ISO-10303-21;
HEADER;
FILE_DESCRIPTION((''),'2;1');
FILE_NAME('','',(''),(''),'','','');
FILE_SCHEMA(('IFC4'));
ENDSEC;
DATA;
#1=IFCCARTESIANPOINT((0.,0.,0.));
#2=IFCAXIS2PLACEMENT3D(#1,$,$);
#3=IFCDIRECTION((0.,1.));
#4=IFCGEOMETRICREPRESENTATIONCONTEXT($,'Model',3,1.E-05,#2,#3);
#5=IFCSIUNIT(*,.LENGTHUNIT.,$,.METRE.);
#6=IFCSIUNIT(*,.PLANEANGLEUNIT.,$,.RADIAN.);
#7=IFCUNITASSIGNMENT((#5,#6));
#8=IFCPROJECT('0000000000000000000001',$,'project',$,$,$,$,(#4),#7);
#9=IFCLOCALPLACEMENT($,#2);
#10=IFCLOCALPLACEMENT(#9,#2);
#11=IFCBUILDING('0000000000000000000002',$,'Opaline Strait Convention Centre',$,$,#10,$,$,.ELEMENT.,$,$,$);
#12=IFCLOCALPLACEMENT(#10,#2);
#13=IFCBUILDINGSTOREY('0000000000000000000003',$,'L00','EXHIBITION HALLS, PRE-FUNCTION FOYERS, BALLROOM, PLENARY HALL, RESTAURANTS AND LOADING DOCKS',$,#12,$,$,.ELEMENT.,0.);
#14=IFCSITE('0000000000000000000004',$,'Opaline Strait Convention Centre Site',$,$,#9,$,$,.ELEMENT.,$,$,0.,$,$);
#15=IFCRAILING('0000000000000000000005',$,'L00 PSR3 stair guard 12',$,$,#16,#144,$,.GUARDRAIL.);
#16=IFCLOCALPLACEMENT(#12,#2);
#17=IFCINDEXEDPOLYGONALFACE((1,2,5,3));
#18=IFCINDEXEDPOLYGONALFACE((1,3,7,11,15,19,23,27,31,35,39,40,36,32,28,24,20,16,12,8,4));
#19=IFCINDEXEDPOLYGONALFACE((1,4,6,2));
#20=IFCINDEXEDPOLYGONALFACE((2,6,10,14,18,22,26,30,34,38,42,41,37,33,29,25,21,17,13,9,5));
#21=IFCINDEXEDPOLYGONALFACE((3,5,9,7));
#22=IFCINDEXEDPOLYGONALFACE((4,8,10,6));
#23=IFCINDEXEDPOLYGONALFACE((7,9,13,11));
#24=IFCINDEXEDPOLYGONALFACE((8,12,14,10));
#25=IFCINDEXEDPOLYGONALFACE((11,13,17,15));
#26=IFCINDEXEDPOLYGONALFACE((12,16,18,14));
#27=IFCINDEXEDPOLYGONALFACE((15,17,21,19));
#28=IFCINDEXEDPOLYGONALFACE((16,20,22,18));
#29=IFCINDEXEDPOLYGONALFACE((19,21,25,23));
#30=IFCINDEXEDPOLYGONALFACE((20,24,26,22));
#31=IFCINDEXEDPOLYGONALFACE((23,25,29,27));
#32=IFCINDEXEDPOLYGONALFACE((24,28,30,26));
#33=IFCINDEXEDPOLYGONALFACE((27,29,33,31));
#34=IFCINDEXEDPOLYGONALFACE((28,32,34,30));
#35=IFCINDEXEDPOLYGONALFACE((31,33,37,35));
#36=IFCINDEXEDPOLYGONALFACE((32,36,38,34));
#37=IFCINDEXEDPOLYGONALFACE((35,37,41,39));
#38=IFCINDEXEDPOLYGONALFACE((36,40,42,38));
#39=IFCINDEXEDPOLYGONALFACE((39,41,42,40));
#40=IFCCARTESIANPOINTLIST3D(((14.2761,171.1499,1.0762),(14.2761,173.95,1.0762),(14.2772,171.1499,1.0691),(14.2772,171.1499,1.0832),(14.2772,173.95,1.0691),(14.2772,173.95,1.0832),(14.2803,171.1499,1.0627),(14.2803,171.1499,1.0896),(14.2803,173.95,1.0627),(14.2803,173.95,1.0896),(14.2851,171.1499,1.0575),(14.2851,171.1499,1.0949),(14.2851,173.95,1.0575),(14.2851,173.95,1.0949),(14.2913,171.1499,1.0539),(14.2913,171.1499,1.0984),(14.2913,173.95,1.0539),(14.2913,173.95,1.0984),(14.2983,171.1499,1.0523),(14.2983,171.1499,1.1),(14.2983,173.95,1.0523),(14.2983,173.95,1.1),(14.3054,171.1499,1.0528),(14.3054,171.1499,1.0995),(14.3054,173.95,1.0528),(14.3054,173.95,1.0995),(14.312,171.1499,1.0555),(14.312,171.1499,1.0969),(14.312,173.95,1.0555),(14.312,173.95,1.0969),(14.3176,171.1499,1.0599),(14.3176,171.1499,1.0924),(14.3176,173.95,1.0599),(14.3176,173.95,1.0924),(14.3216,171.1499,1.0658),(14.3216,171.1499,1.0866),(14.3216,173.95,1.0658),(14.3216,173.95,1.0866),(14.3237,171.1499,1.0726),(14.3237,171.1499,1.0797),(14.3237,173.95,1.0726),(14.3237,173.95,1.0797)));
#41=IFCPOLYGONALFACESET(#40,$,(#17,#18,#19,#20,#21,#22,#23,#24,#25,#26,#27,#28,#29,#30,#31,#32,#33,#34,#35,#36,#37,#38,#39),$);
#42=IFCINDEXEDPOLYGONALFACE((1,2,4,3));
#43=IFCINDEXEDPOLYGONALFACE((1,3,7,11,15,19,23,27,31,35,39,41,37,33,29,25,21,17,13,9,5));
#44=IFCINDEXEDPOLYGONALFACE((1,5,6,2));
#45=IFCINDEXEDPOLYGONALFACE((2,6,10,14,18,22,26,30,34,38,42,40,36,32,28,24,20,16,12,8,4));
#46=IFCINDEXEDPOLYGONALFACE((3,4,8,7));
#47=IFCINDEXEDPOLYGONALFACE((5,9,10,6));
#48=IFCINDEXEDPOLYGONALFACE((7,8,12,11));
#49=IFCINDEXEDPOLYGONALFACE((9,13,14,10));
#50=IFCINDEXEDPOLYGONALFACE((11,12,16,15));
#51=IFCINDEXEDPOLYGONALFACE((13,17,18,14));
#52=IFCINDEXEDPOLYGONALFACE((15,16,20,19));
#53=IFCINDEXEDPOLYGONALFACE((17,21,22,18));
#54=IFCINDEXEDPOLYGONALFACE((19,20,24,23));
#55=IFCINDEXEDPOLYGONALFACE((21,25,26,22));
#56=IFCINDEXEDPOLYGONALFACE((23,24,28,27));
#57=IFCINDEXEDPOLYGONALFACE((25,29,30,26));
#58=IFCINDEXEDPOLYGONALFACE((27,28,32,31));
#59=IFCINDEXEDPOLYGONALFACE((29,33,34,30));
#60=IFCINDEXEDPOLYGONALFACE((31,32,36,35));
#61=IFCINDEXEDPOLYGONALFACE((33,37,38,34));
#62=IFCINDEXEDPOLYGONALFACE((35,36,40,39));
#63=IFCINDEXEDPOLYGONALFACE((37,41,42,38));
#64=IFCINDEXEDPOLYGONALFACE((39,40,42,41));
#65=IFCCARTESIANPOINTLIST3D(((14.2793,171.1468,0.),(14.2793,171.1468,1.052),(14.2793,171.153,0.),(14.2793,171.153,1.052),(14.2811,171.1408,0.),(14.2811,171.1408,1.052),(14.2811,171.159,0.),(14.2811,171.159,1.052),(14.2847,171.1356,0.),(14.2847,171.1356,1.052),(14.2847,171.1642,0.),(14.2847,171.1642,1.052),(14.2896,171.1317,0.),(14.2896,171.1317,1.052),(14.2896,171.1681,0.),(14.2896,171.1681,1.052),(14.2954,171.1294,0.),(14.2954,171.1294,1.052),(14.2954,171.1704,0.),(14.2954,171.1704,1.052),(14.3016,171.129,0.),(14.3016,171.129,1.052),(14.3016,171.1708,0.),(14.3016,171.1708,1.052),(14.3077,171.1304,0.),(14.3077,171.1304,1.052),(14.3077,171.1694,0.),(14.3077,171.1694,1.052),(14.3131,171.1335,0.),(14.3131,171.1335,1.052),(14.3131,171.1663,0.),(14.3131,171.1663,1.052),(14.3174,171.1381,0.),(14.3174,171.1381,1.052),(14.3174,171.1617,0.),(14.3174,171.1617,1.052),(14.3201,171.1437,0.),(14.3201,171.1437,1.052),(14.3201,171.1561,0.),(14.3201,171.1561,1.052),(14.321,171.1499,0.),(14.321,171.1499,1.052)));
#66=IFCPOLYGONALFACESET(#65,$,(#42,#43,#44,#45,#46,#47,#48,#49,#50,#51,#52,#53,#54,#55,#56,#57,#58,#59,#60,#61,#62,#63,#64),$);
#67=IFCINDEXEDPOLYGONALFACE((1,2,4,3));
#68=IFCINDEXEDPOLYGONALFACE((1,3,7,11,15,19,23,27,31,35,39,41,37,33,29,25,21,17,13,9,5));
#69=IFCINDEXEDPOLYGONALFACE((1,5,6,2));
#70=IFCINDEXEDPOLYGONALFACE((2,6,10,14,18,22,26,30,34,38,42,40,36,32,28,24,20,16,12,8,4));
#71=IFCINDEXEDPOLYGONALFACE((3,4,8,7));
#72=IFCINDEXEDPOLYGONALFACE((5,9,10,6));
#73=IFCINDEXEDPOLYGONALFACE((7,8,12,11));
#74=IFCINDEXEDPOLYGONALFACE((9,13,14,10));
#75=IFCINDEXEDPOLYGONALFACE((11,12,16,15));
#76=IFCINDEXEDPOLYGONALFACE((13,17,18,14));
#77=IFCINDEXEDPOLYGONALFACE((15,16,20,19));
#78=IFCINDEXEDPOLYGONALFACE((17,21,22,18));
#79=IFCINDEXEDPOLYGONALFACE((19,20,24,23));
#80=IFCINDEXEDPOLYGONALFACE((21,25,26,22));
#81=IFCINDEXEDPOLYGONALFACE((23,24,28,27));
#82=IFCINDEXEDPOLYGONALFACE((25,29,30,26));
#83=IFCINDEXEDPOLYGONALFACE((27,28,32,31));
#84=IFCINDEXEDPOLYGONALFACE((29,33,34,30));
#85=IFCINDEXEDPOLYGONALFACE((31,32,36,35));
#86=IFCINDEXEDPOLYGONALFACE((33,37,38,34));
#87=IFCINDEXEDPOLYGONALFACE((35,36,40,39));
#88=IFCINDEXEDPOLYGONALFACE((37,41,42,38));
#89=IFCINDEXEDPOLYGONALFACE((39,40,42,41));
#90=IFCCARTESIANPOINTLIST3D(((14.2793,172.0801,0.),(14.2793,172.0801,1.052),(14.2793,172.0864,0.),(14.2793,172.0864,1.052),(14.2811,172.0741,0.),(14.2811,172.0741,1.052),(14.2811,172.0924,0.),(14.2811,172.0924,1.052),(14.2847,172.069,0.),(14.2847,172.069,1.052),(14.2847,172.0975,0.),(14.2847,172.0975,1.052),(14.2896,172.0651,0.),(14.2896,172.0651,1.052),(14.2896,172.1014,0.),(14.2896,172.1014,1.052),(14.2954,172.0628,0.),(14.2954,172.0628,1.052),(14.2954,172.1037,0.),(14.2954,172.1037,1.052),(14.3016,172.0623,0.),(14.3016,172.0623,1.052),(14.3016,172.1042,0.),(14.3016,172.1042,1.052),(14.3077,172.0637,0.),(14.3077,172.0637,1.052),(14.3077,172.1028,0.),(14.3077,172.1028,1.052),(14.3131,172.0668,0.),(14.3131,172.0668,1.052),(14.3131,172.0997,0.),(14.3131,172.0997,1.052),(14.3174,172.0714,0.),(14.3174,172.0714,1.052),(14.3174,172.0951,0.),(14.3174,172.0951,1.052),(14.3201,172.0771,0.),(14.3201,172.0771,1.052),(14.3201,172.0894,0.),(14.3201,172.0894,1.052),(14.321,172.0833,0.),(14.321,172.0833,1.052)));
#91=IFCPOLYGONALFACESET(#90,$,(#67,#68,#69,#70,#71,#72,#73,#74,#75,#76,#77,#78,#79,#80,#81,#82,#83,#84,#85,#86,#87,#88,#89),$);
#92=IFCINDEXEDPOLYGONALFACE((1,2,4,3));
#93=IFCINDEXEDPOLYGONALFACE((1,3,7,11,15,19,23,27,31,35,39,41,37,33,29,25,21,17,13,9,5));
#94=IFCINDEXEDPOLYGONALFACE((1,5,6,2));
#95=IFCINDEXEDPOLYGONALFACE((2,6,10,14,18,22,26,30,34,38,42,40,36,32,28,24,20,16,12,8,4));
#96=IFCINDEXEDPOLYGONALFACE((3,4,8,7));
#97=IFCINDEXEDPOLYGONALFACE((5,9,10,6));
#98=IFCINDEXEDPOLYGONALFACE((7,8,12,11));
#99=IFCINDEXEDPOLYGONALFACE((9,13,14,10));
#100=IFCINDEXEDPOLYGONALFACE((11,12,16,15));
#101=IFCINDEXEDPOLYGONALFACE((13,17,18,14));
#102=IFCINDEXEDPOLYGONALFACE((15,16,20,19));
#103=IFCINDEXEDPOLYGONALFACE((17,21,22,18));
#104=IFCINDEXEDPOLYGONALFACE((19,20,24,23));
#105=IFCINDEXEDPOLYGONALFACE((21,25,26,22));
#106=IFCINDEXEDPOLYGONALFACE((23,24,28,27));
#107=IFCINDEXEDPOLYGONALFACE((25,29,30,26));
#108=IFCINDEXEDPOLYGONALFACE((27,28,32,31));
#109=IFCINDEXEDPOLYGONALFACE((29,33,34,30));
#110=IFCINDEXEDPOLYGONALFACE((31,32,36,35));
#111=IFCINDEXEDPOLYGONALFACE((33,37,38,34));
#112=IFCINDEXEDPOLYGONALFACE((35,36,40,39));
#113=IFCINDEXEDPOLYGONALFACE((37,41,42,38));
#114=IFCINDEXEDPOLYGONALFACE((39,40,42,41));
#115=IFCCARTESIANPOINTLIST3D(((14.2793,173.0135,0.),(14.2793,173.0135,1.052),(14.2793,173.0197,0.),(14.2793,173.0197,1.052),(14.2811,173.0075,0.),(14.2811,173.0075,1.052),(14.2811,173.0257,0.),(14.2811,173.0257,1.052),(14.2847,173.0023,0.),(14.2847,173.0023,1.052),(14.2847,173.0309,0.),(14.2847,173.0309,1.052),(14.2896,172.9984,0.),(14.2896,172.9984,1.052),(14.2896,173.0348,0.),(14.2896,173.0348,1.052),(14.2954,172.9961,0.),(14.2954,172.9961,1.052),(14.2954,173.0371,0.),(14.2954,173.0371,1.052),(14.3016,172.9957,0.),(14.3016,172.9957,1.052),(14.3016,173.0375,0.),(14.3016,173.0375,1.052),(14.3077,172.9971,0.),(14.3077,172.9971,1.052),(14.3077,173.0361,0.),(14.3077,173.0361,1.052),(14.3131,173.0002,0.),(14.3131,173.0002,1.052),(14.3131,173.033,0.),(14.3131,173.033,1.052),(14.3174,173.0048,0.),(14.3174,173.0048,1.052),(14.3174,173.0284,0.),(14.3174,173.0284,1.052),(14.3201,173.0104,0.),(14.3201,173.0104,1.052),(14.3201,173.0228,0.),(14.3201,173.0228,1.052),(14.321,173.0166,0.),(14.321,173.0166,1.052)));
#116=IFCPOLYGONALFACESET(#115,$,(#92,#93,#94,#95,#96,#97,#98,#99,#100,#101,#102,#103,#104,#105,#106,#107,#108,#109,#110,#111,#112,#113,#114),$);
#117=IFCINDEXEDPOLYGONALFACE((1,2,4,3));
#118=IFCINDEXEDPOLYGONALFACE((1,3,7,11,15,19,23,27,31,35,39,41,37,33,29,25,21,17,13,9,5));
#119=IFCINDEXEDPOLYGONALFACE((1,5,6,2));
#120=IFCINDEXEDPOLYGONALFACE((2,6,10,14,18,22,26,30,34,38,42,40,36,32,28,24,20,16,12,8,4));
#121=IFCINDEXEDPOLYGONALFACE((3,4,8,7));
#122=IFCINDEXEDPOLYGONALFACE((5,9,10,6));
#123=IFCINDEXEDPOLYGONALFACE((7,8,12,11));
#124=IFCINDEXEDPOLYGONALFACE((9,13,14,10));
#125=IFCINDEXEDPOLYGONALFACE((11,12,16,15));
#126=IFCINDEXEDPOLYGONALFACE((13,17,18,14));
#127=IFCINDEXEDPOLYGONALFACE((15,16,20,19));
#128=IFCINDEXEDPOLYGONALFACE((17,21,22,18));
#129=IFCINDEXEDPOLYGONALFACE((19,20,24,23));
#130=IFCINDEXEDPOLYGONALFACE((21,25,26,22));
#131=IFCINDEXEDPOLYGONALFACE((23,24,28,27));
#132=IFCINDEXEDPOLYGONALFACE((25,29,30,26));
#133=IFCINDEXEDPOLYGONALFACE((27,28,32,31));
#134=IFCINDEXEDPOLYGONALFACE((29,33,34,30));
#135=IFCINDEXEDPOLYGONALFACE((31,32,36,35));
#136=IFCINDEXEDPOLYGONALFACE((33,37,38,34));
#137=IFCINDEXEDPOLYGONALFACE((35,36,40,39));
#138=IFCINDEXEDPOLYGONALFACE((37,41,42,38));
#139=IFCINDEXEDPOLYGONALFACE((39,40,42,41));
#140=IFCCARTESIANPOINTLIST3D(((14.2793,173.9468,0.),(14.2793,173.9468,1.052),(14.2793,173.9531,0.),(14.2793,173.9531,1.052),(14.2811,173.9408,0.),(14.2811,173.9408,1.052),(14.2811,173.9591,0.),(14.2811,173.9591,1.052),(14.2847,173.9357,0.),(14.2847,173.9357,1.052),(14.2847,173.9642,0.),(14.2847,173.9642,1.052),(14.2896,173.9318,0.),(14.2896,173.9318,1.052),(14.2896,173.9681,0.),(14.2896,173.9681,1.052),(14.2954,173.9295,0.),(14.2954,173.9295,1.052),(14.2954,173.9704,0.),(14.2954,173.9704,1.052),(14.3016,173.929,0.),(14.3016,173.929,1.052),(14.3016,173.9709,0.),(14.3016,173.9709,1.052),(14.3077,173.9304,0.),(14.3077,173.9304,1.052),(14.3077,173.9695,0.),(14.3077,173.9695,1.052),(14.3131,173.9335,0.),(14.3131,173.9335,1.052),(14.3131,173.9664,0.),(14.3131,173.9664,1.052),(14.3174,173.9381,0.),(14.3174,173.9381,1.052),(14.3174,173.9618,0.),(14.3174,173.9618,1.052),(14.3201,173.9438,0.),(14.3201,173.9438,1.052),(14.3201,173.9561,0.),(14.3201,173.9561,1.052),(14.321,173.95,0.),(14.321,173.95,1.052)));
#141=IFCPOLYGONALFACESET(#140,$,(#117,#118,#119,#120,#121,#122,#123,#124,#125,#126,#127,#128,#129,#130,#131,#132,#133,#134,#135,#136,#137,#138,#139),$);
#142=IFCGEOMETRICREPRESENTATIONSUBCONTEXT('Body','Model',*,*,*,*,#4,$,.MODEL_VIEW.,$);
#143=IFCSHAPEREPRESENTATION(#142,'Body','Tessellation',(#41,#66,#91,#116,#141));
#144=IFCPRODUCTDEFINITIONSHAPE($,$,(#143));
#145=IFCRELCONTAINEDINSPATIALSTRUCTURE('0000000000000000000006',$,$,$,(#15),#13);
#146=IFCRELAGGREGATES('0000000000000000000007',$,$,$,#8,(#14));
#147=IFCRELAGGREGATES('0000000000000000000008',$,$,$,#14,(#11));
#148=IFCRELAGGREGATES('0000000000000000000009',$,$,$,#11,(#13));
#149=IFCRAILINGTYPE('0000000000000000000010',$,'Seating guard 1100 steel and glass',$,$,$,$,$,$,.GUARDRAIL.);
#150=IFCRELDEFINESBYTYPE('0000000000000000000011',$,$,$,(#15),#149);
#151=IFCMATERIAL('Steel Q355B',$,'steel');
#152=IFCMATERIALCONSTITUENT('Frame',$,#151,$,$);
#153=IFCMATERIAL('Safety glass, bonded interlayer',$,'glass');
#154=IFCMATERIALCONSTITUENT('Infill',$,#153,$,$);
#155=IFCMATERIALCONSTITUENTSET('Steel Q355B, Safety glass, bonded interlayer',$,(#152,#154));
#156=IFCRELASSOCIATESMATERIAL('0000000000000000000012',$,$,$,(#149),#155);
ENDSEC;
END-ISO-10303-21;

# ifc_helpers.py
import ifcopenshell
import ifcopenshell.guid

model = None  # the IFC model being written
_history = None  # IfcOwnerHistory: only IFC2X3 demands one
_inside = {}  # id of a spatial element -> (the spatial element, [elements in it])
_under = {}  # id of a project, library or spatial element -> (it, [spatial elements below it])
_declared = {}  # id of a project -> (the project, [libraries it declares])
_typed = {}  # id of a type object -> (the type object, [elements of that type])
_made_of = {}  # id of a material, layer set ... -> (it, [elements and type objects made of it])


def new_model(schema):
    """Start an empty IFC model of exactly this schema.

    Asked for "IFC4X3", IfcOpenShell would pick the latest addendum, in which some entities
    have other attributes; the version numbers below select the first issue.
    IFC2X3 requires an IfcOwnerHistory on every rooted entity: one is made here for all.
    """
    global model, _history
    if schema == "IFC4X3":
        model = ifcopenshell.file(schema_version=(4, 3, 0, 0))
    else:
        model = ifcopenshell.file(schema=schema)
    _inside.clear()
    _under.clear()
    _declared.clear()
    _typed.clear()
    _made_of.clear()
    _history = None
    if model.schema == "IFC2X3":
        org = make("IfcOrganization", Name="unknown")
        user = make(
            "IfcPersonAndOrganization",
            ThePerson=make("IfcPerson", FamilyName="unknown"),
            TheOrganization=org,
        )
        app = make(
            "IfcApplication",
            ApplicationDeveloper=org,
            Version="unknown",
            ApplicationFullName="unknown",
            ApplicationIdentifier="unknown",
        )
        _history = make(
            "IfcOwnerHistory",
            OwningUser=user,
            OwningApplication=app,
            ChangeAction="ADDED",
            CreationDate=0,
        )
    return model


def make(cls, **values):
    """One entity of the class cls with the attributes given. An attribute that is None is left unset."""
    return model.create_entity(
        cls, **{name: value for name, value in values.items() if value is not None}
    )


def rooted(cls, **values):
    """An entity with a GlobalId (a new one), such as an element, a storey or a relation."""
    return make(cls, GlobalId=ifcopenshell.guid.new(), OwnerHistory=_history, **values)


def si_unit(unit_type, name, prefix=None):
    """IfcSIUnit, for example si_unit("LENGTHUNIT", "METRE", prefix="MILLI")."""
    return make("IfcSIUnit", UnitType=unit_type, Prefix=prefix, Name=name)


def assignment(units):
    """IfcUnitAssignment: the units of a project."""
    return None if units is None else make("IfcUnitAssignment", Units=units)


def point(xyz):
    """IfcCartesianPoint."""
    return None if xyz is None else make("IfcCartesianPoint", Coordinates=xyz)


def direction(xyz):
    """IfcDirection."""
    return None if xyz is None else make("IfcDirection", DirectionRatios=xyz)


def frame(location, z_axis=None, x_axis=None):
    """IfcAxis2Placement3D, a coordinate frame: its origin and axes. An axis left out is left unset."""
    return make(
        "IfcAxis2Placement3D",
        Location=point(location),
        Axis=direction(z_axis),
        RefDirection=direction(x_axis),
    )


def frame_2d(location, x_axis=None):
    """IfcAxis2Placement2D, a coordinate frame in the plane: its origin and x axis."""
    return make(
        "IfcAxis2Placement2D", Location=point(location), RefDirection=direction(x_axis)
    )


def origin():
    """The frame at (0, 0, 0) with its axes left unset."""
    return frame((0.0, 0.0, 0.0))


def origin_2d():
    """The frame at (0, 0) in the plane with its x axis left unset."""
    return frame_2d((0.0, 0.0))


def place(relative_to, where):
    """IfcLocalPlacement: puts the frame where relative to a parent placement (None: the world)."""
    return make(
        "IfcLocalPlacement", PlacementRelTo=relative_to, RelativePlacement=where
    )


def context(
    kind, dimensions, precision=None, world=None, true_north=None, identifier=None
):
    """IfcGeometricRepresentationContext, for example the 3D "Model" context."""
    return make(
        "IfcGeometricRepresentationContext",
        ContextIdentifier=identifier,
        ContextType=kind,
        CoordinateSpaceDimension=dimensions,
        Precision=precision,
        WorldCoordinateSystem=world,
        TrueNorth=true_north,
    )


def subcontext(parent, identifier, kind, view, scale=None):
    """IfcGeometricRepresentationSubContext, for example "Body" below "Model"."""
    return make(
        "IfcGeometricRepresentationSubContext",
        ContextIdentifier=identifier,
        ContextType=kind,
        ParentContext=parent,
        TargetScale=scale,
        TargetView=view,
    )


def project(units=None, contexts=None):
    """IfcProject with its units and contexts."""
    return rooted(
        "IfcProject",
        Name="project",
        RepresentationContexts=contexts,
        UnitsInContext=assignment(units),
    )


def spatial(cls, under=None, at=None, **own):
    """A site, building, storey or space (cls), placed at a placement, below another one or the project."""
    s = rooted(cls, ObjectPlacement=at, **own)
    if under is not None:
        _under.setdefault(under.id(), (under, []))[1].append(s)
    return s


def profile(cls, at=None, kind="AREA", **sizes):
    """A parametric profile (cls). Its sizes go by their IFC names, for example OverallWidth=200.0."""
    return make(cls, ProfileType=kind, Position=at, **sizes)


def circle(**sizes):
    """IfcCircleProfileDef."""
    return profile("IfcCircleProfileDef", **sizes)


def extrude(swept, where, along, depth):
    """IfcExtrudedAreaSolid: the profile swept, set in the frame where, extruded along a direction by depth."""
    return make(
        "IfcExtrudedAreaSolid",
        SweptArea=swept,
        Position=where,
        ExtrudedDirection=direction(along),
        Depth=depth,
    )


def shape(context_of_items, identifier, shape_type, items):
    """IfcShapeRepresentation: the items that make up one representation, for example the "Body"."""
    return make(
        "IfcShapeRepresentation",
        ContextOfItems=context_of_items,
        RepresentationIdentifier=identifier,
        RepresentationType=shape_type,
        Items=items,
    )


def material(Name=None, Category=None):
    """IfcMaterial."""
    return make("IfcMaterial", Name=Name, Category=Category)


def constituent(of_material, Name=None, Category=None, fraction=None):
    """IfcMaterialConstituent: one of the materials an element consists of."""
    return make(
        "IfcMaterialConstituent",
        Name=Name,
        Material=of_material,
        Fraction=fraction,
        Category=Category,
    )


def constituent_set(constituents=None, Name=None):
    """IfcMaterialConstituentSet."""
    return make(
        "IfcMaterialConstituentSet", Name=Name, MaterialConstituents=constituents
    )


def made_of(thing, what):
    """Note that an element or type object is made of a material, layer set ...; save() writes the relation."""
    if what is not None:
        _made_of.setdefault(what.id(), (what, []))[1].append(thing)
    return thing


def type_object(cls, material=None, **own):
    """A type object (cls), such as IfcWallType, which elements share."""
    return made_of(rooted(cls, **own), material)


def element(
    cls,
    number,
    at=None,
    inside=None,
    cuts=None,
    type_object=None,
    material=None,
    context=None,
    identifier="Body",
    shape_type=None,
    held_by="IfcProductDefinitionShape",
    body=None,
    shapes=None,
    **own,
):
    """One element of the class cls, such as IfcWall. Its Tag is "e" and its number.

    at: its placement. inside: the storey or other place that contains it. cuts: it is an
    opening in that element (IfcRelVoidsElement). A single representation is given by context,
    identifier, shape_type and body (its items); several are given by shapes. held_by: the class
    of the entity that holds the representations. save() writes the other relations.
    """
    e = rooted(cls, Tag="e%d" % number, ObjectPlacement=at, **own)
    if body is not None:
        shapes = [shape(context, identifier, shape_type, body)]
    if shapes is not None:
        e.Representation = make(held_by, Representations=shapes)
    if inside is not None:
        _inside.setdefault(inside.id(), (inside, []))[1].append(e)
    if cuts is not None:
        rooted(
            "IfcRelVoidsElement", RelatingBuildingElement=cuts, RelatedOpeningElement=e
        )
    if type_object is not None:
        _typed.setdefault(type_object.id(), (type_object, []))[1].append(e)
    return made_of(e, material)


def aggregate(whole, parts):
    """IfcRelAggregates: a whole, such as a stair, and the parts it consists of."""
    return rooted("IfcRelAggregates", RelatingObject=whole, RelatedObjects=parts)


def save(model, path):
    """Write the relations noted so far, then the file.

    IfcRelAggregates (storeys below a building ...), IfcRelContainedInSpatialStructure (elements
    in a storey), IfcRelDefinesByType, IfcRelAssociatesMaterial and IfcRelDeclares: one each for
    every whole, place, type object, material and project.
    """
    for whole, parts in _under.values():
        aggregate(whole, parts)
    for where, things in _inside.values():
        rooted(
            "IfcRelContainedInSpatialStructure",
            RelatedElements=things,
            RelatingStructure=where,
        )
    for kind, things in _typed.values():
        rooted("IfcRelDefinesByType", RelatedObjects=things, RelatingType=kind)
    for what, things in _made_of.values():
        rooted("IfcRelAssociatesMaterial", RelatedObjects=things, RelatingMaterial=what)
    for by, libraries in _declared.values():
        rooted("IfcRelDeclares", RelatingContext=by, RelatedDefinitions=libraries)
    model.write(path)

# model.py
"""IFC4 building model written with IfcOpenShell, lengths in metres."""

from ifc_helpers import new_model, si_unit, direction, frame, origin, origin_2d, place, context, subcontext, project, spatial, circle, extrude, material, constituent, constituent_set, type_object, element, save


model = new_model("IFC4")

# Units and contexts
model_context = context("Model", 3, precision=1e-05, world=origin(), true_north=direction((0.0, 1.0)))
body_context = subcontext(model_context, "Body", "Model", "MODEL_VIEW")
ifc_project = project(units=[si_unit("LENGTHUNIT", "METRE"), si_unit("PLANEANGLEUNIT", "RADIAN")], contexts=[model_context])

# Site, building, storey
site_placement = place(None, origin())
site = spatial("IfcSite", under=ifc_project, at=site_placement, Name="Opaline Strait Convention Centre Site", CompositionType="ELEMENT", RefElevation=0.0)
building_placement = place(site_placement, origin())
building = spatial("IfcBuilding", under=site, at=building_placement, Name="Opaline Strait Convention Centre", CompositionType="ELEMENT")
storey_placement = place(building_placement, origin())
storey = spatial("IfcBuildingStorey", under=building, at=storey_placement, Name="L00", Description="EXHIBITION HALLS, PRE-FUNCTION FOYERS, BALLROOM, PLENARY HALL, RESTAURANTS AND LOADING DOCKS", CompositionType="ELEMENT", Elevation=0.0)

# Railing
ifc_material_1 = material(Name="Steel Q355B", Category="steel")
ifc_constituent_1 = constituent(ifc_material_1, Name="Frame")
ifc_material_2 = material(Name="Safety glass, bonded interlayer", Category="glass")
ifc_constituent_2 = constituent(ifc_material_2, Name="Infill")
ifc_constituent_set = constituent_set(constituents=[ifc_constituent_1, ifc_constituent_2], Name="Steel Q355B, Safety glass, bonded interlayer")
railing_type_1 = type_object("IfcRailingType", Name="Seating guard 1100 steel and glass", PredefinedType="GUARDRAIL", material=ifc_constituent_set)
railing_placement = place(storey_placement, frame((14.3, 171.1499, 0.0)))
element("IfcRailing", 1, at=railing_placement, inside=storey, type_object=railing_type_1, Name="L00 PSR3 stair guard 12", PredefinedType="GUARDRAIL", context=body_context, shape_type="SweptSolid", body=[
    extrude(circle(Radius=0.0239, at=origin_2d()), frame((0.0, 0.0, 1.0762), z_axis=(0.0, 1.0, 0.0), x_axis=(-1.0, 0.0, 0.0)), (0.0, 0.0, 1.0), 2.8),
    extrude(circle(Radius=0.021, at=origin_2d()), origin(), (0.0, 0.0, 1.0), 1.052),
    extrude(circle(Radius=0.021, at=origin_2d()), frame((0.0, 0.9333, 0.0)), (0.0, 0.0, 1.0), 1.052),
    extrude(circle(Radius=0.021, at=origin_2d()), frame((0.0, 1.8667, 0.0)), (0.0, 0.0, 1.0), 1.052),
    extrude(circle(Radius=0.021, at=origin_2d()), frame((0.0, 2.8, 0.0)), (0.0, 0.0, 1.0), 1.052),
])

save(model, "model.ifc")
